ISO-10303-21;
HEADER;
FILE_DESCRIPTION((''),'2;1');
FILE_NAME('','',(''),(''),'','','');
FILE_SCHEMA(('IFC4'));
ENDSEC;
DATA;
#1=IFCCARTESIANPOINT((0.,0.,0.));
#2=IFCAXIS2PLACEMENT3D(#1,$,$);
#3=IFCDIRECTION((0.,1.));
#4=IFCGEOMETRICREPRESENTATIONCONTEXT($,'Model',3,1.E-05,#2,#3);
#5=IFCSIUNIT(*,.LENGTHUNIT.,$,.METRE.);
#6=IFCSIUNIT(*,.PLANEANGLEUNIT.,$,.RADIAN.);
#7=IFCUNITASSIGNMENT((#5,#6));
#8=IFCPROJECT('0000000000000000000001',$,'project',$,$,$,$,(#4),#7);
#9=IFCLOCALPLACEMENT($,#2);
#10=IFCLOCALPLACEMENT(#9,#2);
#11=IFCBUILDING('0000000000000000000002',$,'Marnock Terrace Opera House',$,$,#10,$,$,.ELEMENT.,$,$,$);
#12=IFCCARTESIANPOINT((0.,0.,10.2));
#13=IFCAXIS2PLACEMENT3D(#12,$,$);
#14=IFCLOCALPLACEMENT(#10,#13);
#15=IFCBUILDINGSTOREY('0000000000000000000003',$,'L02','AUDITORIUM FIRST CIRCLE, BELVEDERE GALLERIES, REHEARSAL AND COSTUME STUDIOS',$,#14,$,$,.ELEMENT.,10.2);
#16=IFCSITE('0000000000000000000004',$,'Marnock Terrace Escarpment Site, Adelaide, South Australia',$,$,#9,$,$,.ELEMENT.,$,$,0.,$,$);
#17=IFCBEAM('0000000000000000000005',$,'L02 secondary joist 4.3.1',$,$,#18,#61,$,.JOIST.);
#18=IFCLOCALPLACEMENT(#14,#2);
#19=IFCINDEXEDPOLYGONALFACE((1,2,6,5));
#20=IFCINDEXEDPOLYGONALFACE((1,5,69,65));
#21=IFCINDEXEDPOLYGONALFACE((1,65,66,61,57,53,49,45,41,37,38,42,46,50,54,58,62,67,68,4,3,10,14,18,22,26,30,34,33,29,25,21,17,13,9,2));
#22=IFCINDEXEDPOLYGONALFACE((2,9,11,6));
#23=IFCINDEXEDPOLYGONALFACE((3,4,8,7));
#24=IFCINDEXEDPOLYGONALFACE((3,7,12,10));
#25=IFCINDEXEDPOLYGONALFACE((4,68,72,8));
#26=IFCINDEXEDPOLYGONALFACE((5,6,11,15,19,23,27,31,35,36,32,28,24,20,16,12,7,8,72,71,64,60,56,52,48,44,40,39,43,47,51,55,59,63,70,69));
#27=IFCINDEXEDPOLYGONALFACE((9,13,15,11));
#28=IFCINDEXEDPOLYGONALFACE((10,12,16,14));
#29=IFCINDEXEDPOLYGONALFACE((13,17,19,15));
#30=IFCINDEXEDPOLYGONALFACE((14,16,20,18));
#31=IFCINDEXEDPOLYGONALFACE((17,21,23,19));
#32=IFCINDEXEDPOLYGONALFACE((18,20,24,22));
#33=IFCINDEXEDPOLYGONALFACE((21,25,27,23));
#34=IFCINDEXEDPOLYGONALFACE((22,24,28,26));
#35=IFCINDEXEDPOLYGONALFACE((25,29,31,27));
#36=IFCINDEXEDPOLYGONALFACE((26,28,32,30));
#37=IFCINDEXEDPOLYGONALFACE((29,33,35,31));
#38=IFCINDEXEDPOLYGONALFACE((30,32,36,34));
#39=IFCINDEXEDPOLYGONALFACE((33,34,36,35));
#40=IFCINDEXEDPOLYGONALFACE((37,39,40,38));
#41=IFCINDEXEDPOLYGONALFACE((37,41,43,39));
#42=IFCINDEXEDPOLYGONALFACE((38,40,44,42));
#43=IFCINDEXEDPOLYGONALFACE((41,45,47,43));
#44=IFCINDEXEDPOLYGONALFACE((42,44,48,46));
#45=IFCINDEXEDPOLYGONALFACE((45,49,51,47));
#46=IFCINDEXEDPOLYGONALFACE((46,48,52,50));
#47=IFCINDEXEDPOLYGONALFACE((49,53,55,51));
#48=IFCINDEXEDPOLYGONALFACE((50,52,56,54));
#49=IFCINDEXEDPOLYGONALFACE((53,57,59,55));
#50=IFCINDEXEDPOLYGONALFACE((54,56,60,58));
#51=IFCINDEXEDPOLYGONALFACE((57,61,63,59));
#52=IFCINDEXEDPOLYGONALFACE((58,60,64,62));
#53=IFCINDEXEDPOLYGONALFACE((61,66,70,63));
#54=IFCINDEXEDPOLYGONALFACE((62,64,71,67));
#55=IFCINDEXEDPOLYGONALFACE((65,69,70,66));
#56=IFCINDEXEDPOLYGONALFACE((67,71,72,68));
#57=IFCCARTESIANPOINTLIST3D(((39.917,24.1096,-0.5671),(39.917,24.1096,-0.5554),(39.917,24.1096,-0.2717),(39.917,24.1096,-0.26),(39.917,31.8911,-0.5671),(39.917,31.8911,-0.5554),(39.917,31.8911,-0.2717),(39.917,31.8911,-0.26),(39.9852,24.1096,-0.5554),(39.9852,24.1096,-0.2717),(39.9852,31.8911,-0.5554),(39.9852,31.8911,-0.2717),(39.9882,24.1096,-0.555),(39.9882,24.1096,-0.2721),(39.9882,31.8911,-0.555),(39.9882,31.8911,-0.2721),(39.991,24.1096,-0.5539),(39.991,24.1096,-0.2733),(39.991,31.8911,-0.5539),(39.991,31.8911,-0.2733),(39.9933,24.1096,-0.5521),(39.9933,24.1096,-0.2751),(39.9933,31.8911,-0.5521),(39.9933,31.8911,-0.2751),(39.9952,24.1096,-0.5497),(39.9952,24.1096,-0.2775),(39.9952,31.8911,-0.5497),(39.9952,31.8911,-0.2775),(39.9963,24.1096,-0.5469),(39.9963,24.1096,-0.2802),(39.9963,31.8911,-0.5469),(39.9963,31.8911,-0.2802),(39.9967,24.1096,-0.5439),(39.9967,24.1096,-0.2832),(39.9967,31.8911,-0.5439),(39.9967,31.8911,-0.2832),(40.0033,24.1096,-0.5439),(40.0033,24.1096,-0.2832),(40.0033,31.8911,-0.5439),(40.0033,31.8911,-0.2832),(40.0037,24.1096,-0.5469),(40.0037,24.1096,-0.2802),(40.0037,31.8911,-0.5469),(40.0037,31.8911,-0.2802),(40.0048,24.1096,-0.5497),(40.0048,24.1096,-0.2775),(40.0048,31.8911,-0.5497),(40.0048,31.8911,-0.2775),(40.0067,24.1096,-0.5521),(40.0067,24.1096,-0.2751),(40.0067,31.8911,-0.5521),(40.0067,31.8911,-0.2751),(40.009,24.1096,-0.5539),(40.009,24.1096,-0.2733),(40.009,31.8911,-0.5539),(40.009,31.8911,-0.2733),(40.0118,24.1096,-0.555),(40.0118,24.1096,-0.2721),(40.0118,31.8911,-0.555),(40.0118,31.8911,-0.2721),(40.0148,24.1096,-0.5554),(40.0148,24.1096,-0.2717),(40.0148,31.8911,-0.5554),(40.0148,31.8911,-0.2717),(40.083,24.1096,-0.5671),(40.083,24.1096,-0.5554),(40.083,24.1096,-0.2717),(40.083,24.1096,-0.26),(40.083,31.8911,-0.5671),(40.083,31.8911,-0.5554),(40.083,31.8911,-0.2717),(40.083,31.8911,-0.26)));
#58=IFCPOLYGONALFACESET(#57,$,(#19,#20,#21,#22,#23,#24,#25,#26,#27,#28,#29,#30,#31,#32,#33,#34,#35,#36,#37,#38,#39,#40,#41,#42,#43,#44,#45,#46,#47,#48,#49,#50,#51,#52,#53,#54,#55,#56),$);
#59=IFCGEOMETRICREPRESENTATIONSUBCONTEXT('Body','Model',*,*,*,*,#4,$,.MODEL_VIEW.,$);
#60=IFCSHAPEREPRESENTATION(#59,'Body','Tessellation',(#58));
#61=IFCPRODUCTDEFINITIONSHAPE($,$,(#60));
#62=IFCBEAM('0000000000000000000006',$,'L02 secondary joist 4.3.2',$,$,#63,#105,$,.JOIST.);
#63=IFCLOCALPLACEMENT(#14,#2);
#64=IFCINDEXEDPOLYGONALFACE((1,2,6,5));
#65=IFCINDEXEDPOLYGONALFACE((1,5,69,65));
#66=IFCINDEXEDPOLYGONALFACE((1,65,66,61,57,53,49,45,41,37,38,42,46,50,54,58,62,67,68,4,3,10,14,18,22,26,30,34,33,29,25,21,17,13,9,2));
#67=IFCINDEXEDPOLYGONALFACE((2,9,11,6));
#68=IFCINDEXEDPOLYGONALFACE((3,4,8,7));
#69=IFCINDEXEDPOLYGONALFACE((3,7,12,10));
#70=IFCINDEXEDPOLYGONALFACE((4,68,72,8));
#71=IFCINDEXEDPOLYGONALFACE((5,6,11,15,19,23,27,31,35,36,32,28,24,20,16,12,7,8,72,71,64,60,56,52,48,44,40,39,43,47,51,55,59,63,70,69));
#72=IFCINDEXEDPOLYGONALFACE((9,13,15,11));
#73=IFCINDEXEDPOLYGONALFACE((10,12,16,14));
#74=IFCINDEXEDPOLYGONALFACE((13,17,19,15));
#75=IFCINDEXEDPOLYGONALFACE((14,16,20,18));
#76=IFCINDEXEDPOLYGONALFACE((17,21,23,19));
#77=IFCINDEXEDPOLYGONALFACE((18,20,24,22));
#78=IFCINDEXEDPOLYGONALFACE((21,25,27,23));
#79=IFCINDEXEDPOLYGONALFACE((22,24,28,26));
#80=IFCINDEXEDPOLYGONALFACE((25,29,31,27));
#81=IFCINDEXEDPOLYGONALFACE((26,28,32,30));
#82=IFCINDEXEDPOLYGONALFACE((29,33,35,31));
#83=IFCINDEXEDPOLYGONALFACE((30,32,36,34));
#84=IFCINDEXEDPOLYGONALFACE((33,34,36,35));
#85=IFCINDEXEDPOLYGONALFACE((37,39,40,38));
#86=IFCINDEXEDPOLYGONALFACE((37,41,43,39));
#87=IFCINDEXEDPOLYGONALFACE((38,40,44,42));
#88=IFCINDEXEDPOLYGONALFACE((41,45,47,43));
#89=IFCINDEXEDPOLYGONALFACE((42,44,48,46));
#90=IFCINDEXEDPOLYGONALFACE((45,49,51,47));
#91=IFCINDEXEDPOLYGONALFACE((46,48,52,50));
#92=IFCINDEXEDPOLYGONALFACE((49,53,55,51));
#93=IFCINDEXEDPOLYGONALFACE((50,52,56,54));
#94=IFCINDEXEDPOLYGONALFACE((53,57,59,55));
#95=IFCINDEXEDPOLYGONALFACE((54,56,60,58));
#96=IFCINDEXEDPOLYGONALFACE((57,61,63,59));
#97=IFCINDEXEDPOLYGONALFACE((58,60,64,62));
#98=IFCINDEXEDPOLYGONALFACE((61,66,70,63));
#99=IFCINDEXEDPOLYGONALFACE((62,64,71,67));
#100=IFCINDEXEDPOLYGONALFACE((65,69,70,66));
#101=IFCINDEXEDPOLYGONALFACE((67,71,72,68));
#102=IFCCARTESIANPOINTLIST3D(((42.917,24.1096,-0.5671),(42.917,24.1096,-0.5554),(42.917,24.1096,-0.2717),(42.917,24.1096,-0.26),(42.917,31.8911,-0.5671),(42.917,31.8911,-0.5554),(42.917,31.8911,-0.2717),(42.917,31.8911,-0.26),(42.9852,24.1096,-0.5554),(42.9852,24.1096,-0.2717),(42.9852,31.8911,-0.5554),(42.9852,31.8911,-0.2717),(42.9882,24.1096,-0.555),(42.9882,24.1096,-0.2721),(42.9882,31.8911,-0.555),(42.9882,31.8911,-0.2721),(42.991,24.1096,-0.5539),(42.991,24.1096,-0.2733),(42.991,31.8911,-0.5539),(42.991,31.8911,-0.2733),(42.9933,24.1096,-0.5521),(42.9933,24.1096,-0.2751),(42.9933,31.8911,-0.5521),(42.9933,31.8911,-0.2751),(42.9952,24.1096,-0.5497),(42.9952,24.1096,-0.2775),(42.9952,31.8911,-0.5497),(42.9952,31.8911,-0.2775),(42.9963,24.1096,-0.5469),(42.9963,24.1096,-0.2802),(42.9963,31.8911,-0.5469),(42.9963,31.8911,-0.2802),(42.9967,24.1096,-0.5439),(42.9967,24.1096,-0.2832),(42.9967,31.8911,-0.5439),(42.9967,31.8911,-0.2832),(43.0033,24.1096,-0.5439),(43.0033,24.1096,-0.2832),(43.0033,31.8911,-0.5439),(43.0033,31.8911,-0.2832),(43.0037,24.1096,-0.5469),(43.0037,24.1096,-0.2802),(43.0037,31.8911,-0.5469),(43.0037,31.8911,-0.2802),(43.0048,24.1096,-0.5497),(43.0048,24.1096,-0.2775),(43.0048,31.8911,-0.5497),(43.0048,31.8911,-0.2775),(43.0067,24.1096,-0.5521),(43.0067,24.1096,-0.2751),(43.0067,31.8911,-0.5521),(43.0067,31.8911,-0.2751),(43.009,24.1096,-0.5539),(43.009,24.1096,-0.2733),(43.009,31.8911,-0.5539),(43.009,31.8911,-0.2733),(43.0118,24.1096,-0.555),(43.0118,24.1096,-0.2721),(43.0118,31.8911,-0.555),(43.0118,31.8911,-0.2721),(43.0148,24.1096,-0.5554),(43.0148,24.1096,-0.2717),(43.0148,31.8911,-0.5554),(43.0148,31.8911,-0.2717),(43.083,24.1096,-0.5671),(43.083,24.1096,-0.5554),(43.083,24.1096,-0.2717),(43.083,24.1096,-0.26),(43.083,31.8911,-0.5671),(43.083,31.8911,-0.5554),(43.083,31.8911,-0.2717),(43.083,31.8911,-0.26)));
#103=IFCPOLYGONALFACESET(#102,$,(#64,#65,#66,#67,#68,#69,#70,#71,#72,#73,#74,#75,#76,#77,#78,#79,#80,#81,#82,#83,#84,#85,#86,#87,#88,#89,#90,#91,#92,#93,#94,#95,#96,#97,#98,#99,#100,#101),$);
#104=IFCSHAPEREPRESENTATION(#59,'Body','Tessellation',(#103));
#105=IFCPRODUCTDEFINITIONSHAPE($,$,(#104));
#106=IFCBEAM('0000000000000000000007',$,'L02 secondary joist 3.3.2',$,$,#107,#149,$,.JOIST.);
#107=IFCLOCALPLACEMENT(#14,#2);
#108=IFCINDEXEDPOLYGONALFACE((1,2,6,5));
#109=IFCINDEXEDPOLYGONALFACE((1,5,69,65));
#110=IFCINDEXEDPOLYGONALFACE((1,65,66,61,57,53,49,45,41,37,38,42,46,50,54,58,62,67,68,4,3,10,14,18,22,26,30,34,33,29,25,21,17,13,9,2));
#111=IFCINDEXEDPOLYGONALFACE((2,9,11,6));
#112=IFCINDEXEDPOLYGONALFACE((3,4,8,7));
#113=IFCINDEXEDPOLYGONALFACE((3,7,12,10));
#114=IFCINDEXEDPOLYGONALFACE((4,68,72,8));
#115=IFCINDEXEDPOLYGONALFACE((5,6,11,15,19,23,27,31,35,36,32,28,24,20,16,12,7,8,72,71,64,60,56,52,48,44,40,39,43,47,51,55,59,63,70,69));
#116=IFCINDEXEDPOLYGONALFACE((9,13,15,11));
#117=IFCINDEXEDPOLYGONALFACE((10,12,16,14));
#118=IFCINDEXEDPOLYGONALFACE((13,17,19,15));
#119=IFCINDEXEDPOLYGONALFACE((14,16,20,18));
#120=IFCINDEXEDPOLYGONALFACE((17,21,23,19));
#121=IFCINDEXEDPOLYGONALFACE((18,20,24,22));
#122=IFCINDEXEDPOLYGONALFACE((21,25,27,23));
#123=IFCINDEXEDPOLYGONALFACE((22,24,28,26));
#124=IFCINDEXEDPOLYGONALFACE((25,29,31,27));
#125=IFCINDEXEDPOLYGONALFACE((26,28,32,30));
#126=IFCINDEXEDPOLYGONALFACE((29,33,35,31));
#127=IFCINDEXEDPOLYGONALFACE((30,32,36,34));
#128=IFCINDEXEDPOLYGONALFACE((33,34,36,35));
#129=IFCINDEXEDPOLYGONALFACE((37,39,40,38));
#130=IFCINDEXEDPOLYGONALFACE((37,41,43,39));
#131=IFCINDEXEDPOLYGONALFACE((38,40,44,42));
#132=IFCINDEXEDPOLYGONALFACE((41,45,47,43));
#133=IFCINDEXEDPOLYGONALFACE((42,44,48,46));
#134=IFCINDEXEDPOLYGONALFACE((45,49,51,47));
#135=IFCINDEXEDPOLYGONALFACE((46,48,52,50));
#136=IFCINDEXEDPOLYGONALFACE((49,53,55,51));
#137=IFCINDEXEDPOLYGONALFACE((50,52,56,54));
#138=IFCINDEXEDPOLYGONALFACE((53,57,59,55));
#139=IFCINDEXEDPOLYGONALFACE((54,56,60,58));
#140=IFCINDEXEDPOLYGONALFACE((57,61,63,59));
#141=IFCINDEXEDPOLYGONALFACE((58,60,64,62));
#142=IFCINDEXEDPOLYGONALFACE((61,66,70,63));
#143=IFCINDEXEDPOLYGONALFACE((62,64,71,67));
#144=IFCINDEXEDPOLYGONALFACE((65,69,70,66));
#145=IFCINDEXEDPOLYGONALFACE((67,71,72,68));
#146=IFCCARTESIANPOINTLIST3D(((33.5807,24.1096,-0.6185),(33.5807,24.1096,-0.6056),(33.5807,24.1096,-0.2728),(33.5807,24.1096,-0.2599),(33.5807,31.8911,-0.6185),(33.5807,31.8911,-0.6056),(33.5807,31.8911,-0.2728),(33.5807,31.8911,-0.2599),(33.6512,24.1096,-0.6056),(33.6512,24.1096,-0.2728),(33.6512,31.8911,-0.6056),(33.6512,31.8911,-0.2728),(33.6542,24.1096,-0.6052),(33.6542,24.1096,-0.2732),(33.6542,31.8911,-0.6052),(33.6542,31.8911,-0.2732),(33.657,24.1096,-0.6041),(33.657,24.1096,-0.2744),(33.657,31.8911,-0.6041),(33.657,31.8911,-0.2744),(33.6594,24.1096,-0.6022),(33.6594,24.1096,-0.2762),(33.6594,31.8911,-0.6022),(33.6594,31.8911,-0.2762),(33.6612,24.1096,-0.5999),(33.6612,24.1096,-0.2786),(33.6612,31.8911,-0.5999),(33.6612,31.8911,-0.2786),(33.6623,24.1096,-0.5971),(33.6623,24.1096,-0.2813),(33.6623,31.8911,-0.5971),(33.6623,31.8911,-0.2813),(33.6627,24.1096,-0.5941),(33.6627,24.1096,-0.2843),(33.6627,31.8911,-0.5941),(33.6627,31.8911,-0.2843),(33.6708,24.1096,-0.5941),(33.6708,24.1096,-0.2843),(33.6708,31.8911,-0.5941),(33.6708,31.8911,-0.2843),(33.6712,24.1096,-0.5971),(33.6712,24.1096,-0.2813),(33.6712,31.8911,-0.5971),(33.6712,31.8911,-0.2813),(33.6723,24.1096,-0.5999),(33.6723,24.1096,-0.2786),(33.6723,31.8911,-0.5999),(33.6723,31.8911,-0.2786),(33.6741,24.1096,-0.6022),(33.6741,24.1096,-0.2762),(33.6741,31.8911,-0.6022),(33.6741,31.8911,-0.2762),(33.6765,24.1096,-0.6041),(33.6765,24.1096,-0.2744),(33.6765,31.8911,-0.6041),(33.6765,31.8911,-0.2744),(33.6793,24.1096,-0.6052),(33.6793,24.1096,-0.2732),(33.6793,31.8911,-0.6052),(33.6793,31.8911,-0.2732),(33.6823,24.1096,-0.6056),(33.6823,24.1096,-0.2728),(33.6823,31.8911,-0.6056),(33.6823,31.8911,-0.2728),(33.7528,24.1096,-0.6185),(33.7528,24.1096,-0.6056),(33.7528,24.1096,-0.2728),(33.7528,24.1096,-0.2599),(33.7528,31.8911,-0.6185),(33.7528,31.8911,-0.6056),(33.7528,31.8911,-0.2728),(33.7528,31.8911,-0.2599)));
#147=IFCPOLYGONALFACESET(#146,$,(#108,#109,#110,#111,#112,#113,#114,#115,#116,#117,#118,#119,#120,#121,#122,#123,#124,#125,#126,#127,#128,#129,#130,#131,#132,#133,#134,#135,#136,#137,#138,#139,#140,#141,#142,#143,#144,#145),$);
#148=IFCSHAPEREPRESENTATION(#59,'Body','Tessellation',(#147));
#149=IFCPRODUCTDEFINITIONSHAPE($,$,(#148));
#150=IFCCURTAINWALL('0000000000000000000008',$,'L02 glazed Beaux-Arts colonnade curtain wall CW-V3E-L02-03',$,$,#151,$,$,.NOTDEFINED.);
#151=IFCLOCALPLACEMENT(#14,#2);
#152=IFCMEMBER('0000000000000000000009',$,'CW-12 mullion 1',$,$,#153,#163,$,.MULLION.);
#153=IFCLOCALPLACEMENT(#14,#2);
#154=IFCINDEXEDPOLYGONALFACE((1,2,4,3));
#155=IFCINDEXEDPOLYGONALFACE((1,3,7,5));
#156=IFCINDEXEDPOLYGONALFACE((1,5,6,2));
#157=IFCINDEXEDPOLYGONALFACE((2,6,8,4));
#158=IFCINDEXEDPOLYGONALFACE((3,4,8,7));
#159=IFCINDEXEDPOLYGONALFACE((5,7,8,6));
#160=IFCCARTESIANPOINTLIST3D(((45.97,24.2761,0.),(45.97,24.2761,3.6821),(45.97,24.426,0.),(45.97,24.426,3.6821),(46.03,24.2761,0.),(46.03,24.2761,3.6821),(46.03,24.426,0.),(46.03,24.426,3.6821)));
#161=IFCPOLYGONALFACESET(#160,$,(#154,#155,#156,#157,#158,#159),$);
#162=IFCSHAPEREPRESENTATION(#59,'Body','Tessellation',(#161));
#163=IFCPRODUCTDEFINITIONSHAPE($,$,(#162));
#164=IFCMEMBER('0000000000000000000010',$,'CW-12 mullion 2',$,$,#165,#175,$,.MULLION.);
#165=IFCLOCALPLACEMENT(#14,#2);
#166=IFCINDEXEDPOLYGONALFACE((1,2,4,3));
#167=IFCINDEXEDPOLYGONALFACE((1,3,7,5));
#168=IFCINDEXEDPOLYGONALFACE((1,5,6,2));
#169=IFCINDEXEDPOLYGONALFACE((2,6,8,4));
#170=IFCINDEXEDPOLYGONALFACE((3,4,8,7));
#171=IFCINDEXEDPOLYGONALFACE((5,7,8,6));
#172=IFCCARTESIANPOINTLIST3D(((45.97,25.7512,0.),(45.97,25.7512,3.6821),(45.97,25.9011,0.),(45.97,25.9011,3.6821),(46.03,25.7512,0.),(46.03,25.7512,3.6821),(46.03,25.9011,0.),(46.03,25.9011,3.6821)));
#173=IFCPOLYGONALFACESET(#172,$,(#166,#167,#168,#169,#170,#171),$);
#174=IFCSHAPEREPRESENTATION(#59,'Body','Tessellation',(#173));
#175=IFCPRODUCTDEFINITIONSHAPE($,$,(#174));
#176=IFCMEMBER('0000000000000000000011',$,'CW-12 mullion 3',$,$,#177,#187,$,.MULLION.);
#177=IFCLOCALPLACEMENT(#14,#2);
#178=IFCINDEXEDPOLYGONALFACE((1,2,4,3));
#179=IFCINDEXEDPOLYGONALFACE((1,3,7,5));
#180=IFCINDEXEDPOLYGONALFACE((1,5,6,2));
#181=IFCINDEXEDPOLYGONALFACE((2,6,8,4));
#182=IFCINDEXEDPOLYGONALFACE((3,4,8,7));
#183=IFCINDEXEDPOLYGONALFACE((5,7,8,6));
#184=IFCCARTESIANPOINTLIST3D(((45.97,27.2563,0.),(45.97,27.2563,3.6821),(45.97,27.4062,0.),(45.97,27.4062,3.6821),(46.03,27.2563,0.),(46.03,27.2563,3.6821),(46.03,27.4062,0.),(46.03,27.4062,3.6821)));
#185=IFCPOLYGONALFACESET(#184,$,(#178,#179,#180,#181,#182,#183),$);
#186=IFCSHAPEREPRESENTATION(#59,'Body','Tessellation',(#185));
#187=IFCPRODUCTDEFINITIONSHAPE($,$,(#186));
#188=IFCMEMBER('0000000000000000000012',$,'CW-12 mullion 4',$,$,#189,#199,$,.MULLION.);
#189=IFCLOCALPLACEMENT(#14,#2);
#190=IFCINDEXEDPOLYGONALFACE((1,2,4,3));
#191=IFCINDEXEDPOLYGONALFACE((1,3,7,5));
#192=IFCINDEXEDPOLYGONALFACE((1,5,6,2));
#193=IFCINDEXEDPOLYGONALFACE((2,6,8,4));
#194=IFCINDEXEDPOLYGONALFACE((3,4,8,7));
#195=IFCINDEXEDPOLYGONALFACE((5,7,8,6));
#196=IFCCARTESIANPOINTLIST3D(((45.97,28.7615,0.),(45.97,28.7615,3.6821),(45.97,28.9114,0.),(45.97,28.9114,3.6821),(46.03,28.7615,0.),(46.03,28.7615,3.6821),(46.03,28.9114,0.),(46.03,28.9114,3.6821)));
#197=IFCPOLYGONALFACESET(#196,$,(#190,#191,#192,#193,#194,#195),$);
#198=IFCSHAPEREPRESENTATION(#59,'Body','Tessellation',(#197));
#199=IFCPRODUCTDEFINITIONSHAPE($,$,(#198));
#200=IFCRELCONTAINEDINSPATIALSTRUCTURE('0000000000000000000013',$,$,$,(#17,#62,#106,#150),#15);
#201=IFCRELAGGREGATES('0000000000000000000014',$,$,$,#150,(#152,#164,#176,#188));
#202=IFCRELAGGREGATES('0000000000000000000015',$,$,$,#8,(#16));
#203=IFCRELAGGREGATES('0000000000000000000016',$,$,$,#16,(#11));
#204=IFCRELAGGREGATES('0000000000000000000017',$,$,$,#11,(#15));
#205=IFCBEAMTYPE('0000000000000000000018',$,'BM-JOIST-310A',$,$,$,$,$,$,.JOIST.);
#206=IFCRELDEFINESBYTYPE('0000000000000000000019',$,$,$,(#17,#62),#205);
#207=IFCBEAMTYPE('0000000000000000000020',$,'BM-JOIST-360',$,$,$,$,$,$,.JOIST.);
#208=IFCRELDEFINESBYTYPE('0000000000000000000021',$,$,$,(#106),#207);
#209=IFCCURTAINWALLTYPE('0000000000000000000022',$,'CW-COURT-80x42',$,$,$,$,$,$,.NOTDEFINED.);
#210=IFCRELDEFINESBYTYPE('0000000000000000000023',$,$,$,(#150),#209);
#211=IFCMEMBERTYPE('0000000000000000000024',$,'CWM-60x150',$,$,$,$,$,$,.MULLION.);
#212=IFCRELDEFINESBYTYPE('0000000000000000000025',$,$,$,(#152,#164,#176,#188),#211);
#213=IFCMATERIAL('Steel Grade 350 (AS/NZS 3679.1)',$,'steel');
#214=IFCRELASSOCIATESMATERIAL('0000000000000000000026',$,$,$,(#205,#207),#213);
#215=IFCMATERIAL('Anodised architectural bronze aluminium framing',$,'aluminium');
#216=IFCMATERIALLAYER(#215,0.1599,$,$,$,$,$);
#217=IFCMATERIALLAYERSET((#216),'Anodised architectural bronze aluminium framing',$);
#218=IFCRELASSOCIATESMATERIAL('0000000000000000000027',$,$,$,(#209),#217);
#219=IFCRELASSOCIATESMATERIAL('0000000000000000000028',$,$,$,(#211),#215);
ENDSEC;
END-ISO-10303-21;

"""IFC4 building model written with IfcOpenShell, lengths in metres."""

from ifc_helpers import new_model, si_unit, direction, frame, origin, origin_2d, place, context, subcontext, project, spatial, rectangle, i_section, extrude, material, layer, layer_set, material_profile, profile_set, type_object, element, aggregate, save


model = new_model("IFC4")

# Units and contexts
model_context = context("Model", 3, precision=1e-05, world=origin(), true_north=direction((0.0, 1.0)))
body_context = subcontext(model_context, "Body", "Model", "MODEL_VIEW")
ifc_project = project(units=[si_unit("LENGTHUNIT", "METRE"), si_unit("PLANEANGLEUNIT", "RADIAN")], contexts=[model_context])

# Site, building, storey
site_placement = place(None, origin())
site = spatial("IfcSite", under=ifc_project, at=site_placement, Name="Marnock Terrace Escarpment Site, Adelaide, South Australia", CompositionType="ELEMENT", RefElevation=0.0)
building_placement = place(site_placement, origin())
building = spatial("IfcBuilding", under=site, at=building_placement, Name="Marnock Terrace Opera House", CompositionType="ELEMENT")
storey_placement = place(building_placement, frame((0.0, 0.0, 10.2)))
storey = spatial("IfcBuildingStorey", under=building, at=storey_placement, Name="L02", Description="AUDITORIUM FIRST CIRCLE, BELVEDERE GALLERIES, REHEARSAL AND COSTUME STUDIOS", CompositionType="ELEMENT", Elevation=10.2)

# Beams
ifc_material_1 = material(Name="Steel Grade 350 (AS/NZS 3679.1)", Category="steel")
ifc_material_profile_1 = material_profile(ifc_material_1, i_section(OverallWidth=0.166, OverallDepth=0.3071, WebThickness=0.0066, FlangeThickness=0.0117, FilletRadius=0.0115, at=origin_2d()))
ifc_profile_set_1 = profile_set([ifc_material_profile_1], Name="Steel Grade 350 (AS/NZS 3679.1)")
beam_type_1 = type_object("IfcBeamType", Name="BM-JOIST-310A", PredefinedType="JOIST", material=ifc_profile_set_1)
for number, where, z_axis, x_axis, name in (
    (1, (40.0, 24.1096, -0.4136), (0.0, 1.0, 0.0), (-1.0, 0.0, 0.0), "L02 secondary joist 4.3.1"),
    (2, (43.0, 24.1096, -0.4136), (0.0, 1.0, 0.0), (-1.0, 0.0, 0.0), "L02 secondary joist 4.3.2"),
):
    element("IfcBeam", number, at=place(storey_placement, frame(where, z_axis=z_axis, x_axis=x_axis)), inside=storey, type_object=beam_type_1, Name=name, PredefinedType="JOIST", context=body_context, shape_type="SweptSolid", body=[
        extrude(i_section(OverallWidth=0.166, OverallDepth=0.3071, WebThickness=0.0066, FlangeThickness=0.0117, FilletRadius=0.0115, at=origin_2d()), origin(), (0.0, 0.0, 1.0), 7.7815),
    ])
ifc_material_profile_2 = material_profile(ifc_material_1, i_section(OverallWidth=0.1721, OverallDepth=0.3586, WebThickness=0.0081, FlangeThickness=0.0129, FilletRadius=0.0115, at=origin_2d()))
ifc_profile_set_2 = profile_set([ifc_material_profile_2], Name="Steel Grade 350 (AS/NZS 3679.1)")
beam_type_2 = type_object("IfcBeamType", Name="BM-JOIST-360", PredefinedType="JOIST", material=ifc_profile_set_2)
beam_1_placement = place(storey_placement, frame((33.6667, 24.1096, -0.4392), z_axis=(0.0, 1.0, 0.0), x_axis=(-1.0, 0.0, 0.0)))
element("IfcBeam", 3, at=beam_1_placement, inside=storey, type_object=beam_type_2, Name="L02 secondary joist 3.3.2", PredefinedType="JOIST", context=body_context, shape_type="SweptSolid", body=[
    extrude(i_section(OverallWidth=0.1721, OverallDepth=0.3586, WebThickness=0.0081, FlangeThickness=0.0129, FilletRadius=0.0115, at=origin_2d()), origin(), (0.0, 0.0, 1.0), 7.7815),
])

# Curtain wall, members
ifc_material_2 = material(Name="Anodised architectural bronze aluminium framing", Category="aluminium")
ifc_layer_1 = layer(ifc_material_2, 0.1599)
ifc_layer_set_1 = layer_set([ifc_layer_1], Name="Anodised architectural bronze aluminium framing")
curtain_wall_type = type_object("IfcCurtainWallType", Name="CW-COURT-80x42", PredefinedType="NOTDEFINED", material=ifc_layer_set_1)
curtain_wall_placement = place(storey_placement, origin())
curtain_wall = element("IfcCurtainWall", 4, at=curtain_wall_placement, inside=storey, type_object=curtain_wall_type, Name="L02 glazed Beaux-Arts colonnade curtain wall CW-V3E-L02-03", PredefinedType="NOTDEFINED")
ifc_material_profile_3 = material_profile(ifc_material_2, rectangle(XDim=0.0601, YDim=0.1499, at=origin_2d()))
ifc_profile_set_3 = profile_set([ifc_material_profile_3], Name="Anodised architectural bronze aluminium framing")
member_type_1 = type_object("IfcMemberType", Name="CWM-60x150", PredefinedType="MULLION", material=ifc_profile_set_3)
member_1_placement = place(storey_placement, frame((46.0, 24.3511, 0.0), z_axis=(0.0, 0.0, 1.0), x_axis=(-1.0, 0.0, 0.0)))
member_1 = element("IfcMember", 5, at=member_1_placement, type_object=member_type_1, Name="CW-12 mullion 1", PredefinedType="MULLION", context=body_context, shape_type="SweptSolid", body=[
    extrude(rectangle(XDim=0.0601, YDim=0.1499, at=origin_2d()), origin(), (0.0, 0.0, 1.0), 3.6821),
])
member_2_placement = place(storey_placement, frame((46.0, 25.8262, 0.0), z_axis=(0.0, 0.0, 1.0), x_axis=(-1.0, 0.0, 0.0)))
member_2 = element("IfcMember", 6, at=member_2_placement, type_object=member_type_1, Name="CW-12 mullion 2", PredefinedType="MULLION", context=body_context, shape_type="SweptSolid", body=[
    extrude(rectangle(XDim=0.0601, YDim=0.1499, at=origin_2d()), origin(), (0.0, 0.0, 1.0), 3.6821),
])
member_3_placement = place(storey_placement, frame((46.0, 27.3313, 0.0), z_axis=(0.0, 0.0, 1.0), x_axis=(-1.0, 0.0, 0.0)))
member_3 = element("IfcMember", 7, at=member_3_placement, type_object=member_type_1, Name="CW-12 mullion 3", PredefinedType="MULLION", context=body_context, shape_type="SweptSolid", body=[
    extrude(rectangle(XDim=0.0601, YDim=0.1499, at=origin_2d()), origin(), (0.0, 0.0, 1.0), 3.6821),
])
member_4_placement = place(storey_placement, frame((46.0, 28.8364, 0.0), z_axis=(0.0, 0.0, 1.0), x_axis=(-1.0, 0.0, 0.0)))
member_4 = element("IfcMember", 8, at=member_4_placement, type_object=member_type_1, Name="CW-12 mullion 4", PredefinedType="MULLION", context=body_context, shape_type="SweptSolid", body=[
    extrude(rectangle(XDim=0.0601, YDim=0.1499, at=origin_2d()), origin(), (0.0, 0.0, 1.0), 3.6821),
])
aggregate(curtain_wall, [member_1, member_2, member_3, member_4])

save(model, "model.ifc")
